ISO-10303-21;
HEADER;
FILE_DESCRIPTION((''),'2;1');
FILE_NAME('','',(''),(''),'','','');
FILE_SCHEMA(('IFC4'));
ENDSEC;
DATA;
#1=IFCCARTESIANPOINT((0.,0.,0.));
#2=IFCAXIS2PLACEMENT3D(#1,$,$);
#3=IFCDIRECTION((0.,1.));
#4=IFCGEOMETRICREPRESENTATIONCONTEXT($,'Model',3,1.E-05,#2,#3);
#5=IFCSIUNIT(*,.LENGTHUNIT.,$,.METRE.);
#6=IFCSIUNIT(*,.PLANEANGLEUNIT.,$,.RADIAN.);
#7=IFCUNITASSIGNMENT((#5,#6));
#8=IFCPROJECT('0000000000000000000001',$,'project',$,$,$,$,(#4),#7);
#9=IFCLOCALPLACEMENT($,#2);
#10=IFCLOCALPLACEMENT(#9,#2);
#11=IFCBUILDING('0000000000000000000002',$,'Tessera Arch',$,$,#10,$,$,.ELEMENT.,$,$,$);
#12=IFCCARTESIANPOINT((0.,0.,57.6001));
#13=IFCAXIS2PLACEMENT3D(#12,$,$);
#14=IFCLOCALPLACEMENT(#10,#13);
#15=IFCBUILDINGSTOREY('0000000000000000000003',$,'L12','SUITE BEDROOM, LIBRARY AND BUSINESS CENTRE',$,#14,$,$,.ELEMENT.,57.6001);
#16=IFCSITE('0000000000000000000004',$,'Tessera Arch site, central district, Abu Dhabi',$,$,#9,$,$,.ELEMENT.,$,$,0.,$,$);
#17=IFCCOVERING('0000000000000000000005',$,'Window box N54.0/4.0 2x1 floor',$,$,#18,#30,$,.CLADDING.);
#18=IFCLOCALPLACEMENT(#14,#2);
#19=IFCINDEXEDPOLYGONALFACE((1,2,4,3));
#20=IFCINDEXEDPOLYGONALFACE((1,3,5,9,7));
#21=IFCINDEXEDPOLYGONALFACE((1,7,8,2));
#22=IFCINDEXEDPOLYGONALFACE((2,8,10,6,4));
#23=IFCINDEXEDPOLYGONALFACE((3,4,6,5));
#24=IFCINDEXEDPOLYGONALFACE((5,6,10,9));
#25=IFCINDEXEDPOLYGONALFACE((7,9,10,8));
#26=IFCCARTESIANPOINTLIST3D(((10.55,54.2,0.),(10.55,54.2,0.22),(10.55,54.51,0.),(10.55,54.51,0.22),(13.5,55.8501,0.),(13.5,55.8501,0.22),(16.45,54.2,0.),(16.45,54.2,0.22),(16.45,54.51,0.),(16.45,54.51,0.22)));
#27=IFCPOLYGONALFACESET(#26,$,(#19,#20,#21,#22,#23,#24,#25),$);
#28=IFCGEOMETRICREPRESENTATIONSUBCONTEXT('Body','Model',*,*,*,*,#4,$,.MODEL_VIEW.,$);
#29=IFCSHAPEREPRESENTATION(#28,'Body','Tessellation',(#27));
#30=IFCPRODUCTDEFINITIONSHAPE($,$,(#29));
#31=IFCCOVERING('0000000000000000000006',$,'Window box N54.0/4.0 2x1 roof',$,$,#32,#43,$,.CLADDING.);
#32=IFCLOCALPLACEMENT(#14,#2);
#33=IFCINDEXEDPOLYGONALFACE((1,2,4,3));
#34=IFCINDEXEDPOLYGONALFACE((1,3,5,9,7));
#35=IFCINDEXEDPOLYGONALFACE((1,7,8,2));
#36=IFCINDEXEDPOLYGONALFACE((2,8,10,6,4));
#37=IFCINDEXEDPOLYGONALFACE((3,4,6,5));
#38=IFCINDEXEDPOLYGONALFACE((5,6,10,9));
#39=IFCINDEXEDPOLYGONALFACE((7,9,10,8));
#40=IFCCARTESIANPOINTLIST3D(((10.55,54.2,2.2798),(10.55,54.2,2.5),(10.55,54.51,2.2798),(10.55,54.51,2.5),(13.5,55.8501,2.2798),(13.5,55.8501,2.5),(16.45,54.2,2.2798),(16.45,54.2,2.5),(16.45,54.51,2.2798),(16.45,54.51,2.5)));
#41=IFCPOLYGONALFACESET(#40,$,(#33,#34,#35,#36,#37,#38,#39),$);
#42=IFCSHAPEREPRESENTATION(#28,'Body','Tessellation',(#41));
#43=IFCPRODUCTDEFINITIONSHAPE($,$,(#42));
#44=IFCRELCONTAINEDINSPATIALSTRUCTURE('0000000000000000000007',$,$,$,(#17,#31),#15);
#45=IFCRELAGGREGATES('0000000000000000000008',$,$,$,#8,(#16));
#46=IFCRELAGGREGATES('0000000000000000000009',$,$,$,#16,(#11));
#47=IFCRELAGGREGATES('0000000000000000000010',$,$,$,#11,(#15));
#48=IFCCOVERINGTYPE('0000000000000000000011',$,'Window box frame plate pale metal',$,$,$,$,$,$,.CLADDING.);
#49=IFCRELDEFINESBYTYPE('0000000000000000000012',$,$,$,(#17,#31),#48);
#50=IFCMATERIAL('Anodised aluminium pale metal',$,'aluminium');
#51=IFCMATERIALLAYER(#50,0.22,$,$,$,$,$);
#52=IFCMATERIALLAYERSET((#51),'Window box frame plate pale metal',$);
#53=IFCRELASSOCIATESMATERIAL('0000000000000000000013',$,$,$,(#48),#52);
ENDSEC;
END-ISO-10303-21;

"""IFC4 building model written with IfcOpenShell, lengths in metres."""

from ifc_helpers import new_model, si_unit, direction, frame, origin, place, context, subcontext, project, spatial, polyline, outline, extrude, material, layer, layer_set, type_object, element, save


model = new_model("IFC4")

# Units and contexts
model_context = context("Model", 3, precision=1e-05, world=origin(), true_north=direction((0.0, 1.0)))
body_context = subcontext(model_context, "Body", "Model", "MODEL_VIEW")
ifc_project = project(units=[si_unit("LENGTHUNIT", "METRE"), si_unit("PLANEANGLEUNIT", "RADIAN")], contexts=[model_context])

# Site, building, storey
site_placement = place(None, origin())
site = spatial("IfcSite", under=ifc_project, at=site_placement, Name="Tessera Arch site, central district, Abu Dhabi", CompositionType="ELEMENT", RefElevation=0.0)
building_placement = place(site_placement, origin())
building = spatial("IfcBuilding", under=site, at=building_placement, Name="Tessera Arch", CompositionType="ELEMENT")
storey_placement = place(building_placement, frame((0.0, 0.0, 57.6001)))
storey = spatial("IfcBuildingStorey", under=building, at=storey_placement, Name="L12", Description="SUITE BEDROOM, LIBRARY AND BUSINESS CENTRE", CompositionType="ELEMENT", Elevation=57.6001)

# Coverings
ifc_material_1 = material(Name="Anodised aluminium pale metal", Category="aluminium")
ifc_layer_1 = layer(ifc_material_1, 0.22)
ifc_layer_set_1 = layer_set([ifc_layer_1], Name="Window box frame plate pale metal")
covering_type_1 = type_object("IfcCoveringType", Name="Window box frame plate pale metal", PredefinedType="CLADDING", material=ifc_layer_set_1)
covering_1_placement = place(storey_placement, origin())
element("IfcCovering", 1, at=covering_1_placement, inside=storey, type_object=covering_type_1, Name="Window box N54.0/4.0 2x1 floor", PredefinedType="CLADDING", context=body_context, shape_type="SweptSolid", body=[
    extrude(outline(polyline([(16.45, 54.51), (13.5, 55.8501), (10.55, 54.51), (10.55, 54.2), (16.45, 54.2), (16.45, 54.51)])), origin(), (0.0, 0.0, 1.0), 0.22),
])
covering_2_placement = place(storey_placement, frame((0.0, 0.0, 2.2798)))
element("IfcCovering", 2, at=covering_2_placement, inside=storey, type_object=covering_type_1, Name="Window box N54.0/4.0 2x1 roof", PredefinedType="CLADDING", context=body_context, shape_type="SweptSolid", body=[
    extrude(outline(polyline([(16.45, 54.51), (13.5, 55.8501), (10.55, 54.51), (10.55, 54.2), (16.45, 54.2), (16.45, 54.51)])), origin(), (0.0, 0.0, 1.0), 0.2202),
])

save(model, "model.ifc")
